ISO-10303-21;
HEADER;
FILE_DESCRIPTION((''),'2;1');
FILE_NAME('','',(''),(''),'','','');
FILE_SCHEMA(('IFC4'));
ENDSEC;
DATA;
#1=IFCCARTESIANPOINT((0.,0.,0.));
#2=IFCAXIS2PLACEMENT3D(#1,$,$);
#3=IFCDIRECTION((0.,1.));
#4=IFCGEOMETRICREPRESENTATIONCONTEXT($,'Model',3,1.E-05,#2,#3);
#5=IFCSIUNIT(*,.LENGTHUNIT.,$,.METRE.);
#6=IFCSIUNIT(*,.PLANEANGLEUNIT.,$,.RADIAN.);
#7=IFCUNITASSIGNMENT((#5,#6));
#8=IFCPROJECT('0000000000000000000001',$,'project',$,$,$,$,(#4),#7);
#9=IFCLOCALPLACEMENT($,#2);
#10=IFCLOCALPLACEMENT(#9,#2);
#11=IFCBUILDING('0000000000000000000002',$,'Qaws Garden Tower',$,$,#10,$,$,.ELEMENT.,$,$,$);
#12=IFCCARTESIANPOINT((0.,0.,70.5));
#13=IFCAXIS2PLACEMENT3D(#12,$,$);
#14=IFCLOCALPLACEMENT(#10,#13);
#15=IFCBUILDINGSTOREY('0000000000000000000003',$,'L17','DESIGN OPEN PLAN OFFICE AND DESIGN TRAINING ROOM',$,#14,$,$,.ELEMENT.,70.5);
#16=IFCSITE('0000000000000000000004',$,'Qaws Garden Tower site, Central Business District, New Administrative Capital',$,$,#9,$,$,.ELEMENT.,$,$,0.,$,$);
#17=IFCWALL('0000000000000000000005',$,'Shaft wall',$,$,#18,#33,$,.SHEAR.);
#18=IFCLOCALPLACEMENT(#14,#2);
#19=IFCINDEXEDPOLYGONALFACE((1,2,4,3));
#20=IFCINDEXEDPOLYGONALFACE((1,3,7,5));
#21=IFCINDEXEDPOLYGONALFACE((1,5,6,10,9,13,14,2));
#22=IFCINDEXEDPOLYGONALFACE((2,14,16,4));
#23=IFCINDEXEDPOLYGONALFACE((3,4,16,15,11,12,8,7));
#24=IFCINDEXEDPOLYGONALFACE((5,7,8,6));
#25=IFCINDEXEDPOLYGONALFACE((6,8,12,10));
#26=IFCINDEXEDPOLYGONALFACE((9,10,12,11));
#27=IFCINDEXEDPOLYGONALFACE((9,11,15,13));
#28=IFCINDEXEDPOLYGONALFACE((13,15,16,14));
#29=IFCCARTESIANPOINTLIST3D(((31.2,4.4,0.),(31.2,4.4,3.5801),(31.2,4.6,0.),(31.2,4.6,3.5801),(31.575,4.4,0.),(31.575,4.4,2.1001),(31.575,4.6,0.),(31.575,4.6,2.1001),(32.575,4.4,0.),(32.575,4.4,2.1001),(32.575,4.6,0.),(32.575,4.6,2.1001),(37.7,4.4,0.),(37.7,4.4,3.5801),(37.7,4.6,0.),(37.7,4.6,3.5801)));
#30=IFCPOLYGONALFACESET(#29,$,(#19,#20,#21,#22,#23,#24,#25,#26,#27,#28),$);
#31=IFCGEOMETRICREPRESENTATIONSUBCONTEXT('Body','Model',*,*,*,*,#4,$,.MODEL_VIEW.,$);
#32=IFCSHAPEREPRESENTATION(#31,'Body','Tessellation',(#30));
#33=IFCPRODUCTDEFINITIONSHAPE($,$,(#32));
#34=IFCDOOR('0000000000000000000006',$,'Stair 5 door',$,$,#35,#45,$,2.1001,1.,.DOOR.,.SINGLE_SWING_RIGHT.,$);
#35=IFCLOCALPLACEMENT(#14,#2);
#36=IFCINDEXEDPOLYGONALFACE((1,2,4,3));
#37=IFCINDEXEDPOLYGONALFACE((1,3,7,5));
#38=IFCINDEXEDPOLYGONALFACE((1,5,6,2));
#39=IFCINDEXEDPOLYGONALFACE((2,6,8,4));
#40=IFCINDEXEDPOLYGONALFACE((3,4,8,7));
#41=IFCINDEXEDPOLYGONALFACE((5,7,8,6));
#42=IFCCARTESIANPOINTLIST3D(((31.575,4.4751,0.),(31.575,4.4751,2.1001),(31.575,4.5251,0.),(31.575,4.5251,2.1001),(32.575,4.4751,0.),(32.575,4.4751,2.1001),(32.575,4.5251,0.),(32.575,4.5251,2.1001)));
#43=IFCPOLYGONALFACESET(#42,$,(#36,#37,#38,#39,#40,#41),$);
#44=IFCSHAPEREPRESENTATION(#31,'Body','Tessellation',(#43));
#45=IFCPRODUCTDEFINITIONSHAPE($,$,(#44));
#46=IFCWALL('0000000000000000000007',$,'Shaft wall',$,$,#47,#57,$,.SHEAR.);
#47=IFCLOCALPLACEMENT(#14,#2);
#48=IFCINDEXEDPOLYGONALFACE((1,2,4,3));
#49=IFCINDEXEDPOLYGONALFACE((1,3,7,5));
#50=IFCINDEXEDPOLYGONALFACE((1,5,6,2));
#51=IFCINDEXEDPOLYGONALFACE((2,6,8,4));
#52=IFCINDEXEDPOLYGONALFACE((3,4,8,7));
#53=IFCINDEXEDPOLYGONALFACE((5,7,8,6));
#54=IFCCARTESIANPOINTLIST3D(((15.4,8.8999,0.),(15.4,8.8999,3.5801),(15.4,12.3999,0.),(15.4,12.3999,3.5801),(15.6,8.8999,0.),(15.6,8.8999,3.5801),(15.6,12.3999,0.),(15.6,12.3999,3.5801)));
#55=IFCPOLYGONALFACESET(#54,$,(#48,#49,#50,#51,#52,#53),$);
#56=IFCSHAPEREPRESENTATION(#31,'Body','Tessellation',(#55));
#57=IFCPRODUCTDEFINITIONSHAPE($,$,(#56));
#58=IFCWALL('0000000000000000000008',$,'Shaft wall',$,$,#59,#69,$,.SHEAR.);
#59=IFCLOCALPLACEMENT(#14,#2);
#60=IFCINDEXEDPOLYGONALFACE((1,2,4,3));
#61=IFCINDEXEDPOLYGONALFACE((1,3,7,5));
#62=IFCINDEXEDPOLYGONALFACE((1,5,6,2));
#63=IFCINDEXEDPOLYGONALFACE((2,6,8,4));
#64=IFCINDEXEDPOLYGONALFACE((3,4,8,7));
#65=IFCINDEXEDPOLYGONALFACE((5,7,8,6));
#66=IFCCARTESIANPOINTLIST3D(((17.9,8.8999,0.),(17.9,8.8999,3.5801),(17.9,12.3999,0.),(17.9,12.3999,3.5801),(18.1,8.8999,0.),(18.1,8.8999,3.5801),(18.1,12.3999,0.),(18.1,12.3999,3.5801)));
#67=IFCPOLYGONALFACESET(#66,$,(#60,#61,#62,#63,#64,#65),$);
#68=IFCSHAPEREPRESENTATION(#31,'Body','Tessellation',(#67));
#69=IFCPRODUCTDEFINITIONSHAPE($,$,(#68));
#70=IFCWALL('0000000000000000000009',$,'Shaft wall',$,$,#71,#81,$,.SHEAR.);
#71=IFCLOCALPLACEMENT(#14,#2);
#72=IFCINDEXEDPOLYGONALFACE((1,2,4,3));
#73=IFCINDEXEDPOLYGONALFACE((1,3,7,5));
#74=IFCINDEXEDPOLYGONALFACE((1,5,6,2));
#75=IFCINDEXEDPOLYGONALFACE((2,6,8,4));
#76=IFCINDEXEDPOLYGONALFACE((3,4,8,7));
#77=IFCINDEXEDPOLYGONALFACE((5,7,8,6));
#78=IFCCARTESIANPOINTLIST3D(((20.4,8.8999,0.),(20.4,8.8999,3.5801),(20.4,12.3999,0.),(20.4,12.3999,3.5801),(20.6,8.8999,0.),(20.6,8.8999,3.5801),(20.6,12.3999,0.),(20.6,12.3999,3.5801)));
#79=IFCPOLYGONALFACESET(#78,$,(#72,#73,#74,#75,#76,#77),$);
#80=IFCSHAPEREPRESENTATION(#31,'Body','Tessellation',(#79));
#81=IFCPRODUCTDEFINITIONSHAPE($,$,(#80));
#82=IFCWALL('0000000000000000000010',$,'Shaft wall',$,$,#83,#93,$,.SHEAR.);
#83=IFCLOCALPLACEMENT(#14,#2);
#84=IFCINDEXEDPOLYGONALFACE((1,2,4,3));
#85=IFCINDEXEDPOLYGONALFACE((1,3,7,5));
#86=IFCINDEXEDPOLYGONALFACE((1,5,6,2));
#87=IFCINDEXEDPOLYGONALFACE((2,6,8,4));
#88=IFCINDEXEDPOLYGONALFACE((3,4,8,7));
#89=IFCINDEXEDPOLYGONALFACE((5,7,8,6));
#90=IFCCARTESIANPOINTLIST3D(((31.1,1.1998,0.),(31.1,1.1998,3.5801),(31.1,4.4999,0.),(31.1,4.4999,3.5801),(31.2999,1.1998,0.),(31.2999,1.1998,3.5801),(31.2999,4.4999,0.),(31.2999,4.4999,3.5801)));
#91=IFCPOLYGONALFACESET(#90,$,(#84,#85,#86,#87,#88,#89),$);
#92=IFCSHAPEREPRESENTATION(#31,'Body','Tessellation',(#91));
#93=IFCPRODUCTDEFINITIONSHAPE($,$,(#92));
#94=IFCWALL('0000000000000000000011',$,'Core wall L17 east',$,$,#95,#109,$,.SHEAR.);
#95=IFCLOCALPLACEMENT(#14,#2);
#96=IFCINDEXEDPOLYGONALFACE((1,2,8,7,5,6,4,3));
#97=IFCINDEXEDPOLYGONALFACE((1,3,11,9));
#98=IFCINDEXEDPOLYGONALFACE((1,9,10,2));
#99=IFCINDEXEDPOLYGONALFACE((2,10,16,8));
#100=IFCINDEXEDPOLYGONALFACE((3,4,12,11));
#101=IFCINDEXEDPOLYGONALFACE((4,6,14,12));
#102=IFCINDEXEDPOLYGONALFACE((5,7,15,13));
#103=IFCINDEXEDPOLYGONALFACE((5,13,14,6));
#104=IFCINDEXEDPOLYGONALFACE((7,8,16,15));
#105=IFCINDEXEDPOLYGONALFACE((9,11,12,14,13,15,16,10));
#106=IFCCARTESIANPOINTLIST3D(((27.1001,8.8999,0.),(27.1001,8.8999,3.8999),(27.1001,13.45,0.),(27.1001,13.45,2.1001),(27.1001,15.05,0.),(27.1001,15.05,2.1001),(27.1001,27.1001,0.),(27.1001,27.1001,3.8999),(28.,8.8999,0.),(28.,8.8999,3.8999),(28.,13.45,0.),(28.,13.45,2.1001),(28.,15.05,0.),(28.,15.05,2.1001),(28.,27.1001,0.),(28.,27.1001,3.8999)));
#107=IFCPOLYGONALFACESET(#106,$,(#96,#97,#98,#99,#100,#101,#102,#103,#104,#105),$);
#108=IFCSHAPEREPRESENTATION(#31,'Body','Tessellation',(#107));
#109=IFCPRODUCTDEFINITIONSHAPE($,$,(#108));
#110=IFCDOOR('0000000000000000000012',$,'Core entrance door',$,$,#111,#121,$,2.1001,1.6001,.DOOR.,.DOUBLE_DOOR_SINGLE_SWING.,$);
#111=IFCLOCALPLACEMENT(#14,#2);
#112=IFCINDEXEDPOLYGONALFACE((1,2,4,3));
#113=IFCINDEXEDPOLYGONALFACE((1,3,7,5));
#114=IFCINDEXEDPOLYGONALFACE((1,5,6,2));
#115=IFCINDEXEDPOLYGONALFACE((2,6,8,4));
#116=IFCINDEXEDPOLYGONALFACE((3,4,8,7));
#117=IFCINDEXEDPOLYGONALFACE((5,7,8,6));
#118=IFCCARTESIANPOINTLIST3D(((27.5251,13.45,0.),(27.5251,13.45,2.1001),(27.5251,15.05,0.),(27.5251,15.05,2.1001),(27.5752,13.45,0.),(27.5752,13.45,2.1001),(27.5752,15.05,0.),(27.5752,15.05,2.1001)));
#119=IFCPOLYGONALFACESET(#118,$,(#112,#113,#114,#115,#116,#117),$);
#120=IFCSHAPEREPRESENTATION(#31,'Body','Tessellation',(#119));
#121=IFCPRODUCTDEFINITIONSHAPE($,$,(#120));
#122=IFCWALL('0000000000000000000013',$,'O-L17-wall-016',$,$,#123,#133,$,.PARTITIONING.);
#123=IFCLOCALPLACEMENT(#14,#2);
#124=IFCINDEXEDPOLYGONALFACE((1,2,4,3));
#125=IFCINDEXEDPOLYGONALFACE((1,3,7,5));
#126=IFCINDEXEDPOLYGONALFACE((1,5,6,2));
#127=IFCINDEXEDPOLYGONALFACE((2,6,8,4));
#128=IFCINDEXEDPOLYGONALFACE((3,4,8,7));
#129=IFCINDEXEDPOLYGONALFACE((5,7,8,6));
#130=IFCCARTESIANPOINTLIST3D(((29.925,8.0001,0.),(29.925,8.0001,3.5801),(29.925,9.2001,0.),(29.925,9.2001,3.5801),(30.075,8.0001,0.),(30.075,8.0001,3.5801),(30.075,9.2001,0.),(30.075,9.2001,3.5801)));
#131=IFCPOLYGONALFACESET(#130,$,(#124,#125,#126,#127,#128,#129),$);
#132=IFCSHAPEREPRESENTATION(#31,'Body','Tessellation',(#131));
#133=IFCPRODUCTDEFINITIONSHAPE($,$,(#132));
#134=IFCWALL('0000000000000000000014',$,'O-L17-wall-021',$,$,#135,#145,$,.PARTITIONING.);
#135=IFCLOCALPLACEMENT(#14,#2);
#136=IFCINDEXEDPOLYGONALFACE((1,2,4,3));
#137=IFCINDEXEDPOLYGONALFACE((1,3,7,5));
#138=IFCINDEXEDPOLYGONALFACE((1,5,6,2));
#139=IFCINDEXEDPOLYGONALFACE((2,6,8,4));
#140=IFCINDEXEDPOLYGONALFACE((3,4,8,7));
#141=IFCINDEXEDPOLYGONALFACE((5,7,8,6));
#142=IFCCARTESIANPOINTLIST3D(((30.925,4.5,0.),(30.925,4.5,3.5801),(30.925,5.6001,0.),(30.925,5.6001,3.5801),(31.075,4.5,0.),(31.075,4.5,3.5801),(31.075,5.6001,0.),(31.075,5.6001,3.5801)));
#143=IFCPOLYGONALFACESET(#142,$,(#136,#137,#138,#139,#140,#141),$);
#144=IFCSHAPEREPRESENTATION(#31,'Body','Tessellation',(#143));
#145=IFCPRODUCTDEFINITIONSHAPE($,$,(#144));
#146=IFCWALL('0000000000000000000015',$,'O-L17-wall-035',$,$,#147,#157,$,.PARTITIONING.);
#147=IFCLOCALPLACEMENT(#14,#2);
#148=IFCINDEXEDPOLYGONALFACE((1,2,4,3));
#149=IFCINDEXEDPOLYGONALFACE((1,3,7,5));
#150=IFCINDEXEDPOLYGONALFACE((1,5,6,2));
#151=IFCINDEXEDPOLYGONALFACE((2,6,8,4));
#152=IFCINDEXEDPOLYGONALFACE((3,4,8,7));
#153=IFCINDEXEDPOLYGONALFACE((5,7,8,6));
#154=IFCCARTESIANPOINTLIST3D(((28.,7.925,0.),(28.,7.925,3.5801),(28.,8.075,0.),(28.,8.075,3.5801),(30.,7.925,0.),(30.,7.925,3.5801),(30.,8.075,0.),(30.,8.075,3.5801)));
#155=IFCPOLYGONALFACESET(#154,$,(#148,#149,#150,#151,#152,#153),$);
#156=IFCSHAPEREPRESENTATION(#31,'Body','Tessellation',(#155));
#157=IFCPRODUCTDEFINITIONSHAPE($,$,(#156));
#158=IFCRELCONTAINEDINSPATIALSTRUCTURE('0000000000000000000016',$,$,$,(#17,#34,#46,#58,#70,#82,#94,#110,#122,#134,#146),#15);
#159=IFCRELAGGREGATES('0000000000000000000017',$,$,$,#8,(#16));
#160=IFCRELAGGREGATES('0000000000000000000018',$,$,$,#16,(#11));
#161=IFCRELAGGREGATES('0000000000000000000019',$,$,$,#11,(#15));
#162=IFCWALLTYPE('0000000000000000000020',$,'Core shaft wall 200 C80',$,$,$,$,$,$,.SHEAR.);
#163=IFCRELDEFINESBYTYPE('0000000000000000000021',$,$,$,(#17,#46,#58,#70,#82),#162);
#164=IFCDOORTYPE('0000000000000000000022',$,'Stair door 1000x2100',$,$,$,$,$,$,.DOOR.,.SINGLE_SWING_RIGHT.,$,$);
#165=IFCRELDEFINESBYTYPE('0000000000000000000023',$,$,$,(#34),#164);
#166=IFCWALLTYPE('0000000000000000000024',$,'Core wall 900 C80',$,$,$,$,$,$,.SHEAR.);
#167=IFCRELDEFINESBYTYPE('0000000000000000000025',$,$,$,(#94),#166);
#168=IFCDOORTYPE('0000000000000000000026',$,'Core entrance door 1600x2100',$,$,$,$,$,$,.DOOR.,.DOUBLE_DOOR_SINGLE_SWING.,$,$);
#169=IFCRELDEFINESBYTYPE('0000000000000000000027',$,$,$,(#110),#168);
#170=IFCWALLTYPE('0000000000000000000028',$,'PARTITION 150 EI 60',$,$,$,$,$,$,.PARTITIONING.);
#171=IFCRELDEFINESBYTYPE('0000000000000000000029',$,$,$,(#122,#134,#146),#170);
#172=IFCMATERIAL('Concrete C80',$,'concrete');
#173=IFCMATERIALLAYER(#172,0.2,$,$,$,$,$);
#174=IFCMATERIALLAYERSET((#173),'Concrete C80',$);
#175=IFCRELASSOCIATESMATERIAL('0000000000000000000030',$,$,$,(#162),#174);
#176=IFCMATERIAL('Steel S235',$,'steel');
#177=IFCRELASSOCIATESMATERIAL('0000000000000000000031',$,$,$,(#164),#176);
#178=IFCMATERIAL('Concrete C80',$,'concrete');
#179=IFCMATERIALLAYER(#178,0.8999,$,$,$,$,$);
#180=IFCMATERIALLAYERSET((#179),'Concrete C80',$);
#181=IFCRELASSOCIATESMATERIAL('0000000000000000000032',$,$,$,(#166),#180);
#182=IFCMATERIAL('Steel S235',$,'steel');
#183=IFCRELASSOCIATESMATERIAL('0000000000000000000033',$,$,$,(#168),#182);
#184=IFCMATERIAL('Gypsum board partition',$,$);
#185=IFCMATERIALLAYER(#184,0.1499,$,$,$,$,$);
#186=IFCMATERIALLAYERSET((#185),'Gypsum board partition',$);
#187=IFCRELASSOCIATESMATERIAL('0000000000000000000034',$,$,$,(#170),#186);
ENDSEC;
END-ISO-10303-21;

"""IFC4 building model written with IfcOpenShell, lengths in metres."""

from ifc_helpers import new_model, si_unit, direction, frame, frame_2d, origin, place, context, subcontext, project, spatial, rectangle, extrude, material, layer, layer_set, type_object, element, fill, save


model = new_model("IFC4")

# Units and contexts
model_context = context("Model", 3, precision=1e-05, world=origin(), true_north=direction((0.0, 1.0)))
body_context = subcontext(model_context, "Body", "Model", "MODEL_VIEW")
ifc_project = project(units=[si_unit("LENGTHUNIT", "METRE"), si_unit("PLANEANGLEUNIT", "RADIAN")], contexts=[model_context])

# Site, building, storey
site_placement = place(None, origin())
site = spatial("IfcSite", under=ifc_project, at=site_placement, Name="Qaws Garden Tower site, Central Business District, New Administrative Capital", CompositionType="ELEMENT", RefElevation=0.0)
building_placement = place(site_placement, origin())
building = spatial("IfcBuilding", under=site, at=building_placement, Name="Qaws Garden Tower", CompositionType="ELEMENT")
storey_placement = place(building_placement, frame((0.0, 0.0, 70.5)))
storey = spatial("IfcBuildingStorey", under=building, at=storey_placement, Name="L17", Description="DESIGN OPEN PLAN OFFICE AND DESIGN TRAINING ROOM", CompositionType="ELEMENT", Elevation=70.5)

# Shared definitions
ifc_material_1 = material(Name="Concrete C80", Category="concrete")
ifc_layer_1 = layer(ifc_material_1, 0.2)
ifc_layer_set_1 = layer_set([ifc_layer_1], Name="Concrete C80")
wall_type_1 = type_object("IfcWallType", Name="Core shaft wall 200 C80", PredefinedType="SHEAR", material=ifc_layer_set_1)

# Wall, opening, door
wall_1_placement = place(storey_placement, frame((31.2, 4.5, 0.0), z_axis=(0.0, 0.0, 1.0), x_axis=(1.0, 0.0, 0.0)))
wall_1 = element("IfcWall", 1, at=wall_1_placement, inside=storey, type_object=wall_type_1, Name="Shaft wall", PredefinedType="SHEAR", context=body_context, shape_type="SweptSolid", body=[
    extrude(rectangle(XDim=6.5, YDim=0.2, at=frame_2d((3.25, 0.0))), origin(), (0.0, 0.0, 1.0), 3.5801),
])
opening_1_placement = place(wall_1_placement, frame((0.375, 0.0, 0.0)))
opening_1 = element("IfcOpeningElement", 2, at=opening_1_placement, cuts=wall_1, PredefinedType="OPENING", context=body_context, shape_type="SweptSolid", body=[
    extrude(rectangle(XDim=1.0, YDim=2.1001, at=frame_2d((0.5, 1.05))), frame((0.0, 0.1099, 0.0), z_axis=(0.0, -1.0, 0.0), x_axis=(1.0, 0.0, 0.0)), (0.0, 0.0, 1.0), 0.22),
])
ifc_material_2 = material(Name="Steel S235", Category="steel")
door_type_1 = type_object("IfcDoorType", Name="Stair door 1000x2100", OperationType="SINGLE_SWING_RIGHT", PredefinedType="DOOR", material=ifc_material_2)
door_1_placement = place(opening_1_placement, frame((1.0, 0.0, 0.0), z_axis=(0.0, 0.0, 1.0), x_axis=(-1.0, 0.0, 0.0)))
door_1 = element("IfcDoor", 3, at=door_1_placement, inside=storey, type_object=door_type_1, Name="Stair 5 door", OperationType="SINGLE_SWING_RIGHT", OverallHeight=2.1001, OverallWidth=1.0, PredefinedType="DOOR", context=body_context, shape_type="SweptSolid", body=[
    extrude(rectangle(XDim=1.0, YDim=2.1001, at=frame_2d((0.5, 1.05))), frame((0.0, 0.0249, 0.0), z_axis=(0.0, -1.0, 0.0), x_axis=(1.0, 0.0, 0.0)), (0.0, 0.0, 1.0), 0.05),
])
fill(opening_1, door_1)

# Walls
for number, where, z_axis, x_axis, name in (
    (4, (15.5, 8.8999, 0.0), (0.0, 0.0, 1.0), (0.0, 1.0, 0.0), "Shaft wall"),
    (5, (18.0, 8.8999, 0.0), (0.0, 0.0, 1.0), (0.0, 1.0, 0.0), "Shaft wall"),
    (6, (20.5, 8.8999, 0.0), (0.0, 0.0, 1.0), (0.0, 1.0, 0.0), "Shaft wall"),
):
    element("IfcWall", number, at=place(storey_placement, frame(where, z_axis=z_axis, x_axis=x_axis)), inside=storey, type_object=wall_type_1, Name=name, PredefinedType="SHEAR", context=body_context, shape_type="SweptSolid", body=[
        extrude(rectangle(XDim=3.5, YDim=0.2, at=frame_2d((1.75, 0.0))), origin(), (0.0, 0.0, 1.0), 3.5801),
    ])
wall_2_placement = place(storey_placement, frame((31.2, 1.2, 0.0), z_axis=(0.0, 0.0, 1.0), x_axis=(0.0, 1.0, 0.0)))
element("IfcWall", 7, at=wall_2_placement, inside=storey, type_object=wall_type_1, Name="Shaft wall", PredefinedType="SHEAR", context=body_context, shape_type="SweptSolid", body=[
    extrude(rectangle(XDim=3.3, YDim=0.2, at=frame_2d((1.6499, 0.0))), origin(), (0.0, 0.0, 1.0), 3.5801),
])

# Wall, opening, door
ifc_material_3 = material(Name="Concrete C80", Category="concrete")
ifc_layer_2 = layer(ifc_material_3, 0.8999)
ifc_layer_set_2 = layer_set([ifc_layer_2], Name="Concrete C80")
wall_type_2 = type_object("IfcWallType", Name="Core wall 900 C80", PredefinedType="SHEAR", material=ifc_layer_set_2)
wall_3_placement = place(storey_placement, frame((27.55, 8.8999, 0.0), z_axis=(0.0, 0.0, 1.0), x_axis=(0.0, 1.0, 0.0)))
wall_3 = element("IfcWall", 8, at=wall_3_placement, inside=storey, type_object=wall_type_2, Name="Core wall L17 east", PredefinedType="SHEAR", context=body_context, shape_type="SweptSolid", body=[
    extrude(rectangle(XDim=18.2002, YDim=0.8999, at=frame_2d((9.1001, 0.0))), origin(), (0.0, 0.0, 1.0), 3.8999),
])
opening_2_placement = place(wall_3_placement, frame((4.55, 0.0, 0.0)))
opening_2 = element("IfcOpeningElement", 9, at=opening_2_placement, cuts=wall_3, PredefinedType="OPENING", context=body_context, shape_type="SweptSolid", body=[
    extrude(rectangle(XDim=1.6001, YDim=2.1001, at=frame_2d((0.8, 1.05))), frame((0.0, 0.46, 0.0), z_axis=(0.0, -1.0, 0.0), x_axis=(1.0, 0.0, 0.0)), (0.0, 0.0, 1.0), 0.9199),
])
ifc_material_4 = material(Name="Steel S235", Category="steel")
door_type_2 = type_object("IfcDoorType", Name="Core entrance door 1600x2100", OperationType="DOUBLE_DOOR_SINGLE_SWING", PredefinedType="DOOR", material=ifc_material_4)
door_2_placement = place(opening_2_placement, origin())
door_2 = element("IfcDoor", 10, at=door_2_placement, inside=storey, type_object=door_type_2, Name="Core entrance door", OperationType="DOUBLE_DOOR_SINGLE_SWING", OverallHeight=2.1001, OverallWidth=1.6001, PredefinedType="DOOR", context=body_context, shape_type="SweptSolid", body=[
    extrude(rectangle(XDim=1.6001, YDim=2.1001, at=frame_2d((0.8, 1.05))), frame((0.0, 0.0249, 0.0), z_axis=(0.0, -1.0, 0.0), x_axis=(1.0, 0.0, 0.0)), (0.0, 0.0, 1.0), 0.05),
])
fill(opening_2, door_2)

# Walls
ifc_material_5 = material(Name="Gypsum board partition")
ifc_layer_3 = layer(ifc_material_5, 0.1499)
ifc_layer_set_3 = layer_set([ifc_layer_3], Name="Gypsum board partition")
wall_type_3 = type_object("IfcWallType", Name="PARTITION 150 EI 60", PredefinedType="PARTITIONING", material=ifc_layer_set_3)
wall_4_placement = place(storey_placement, frame((30.0, 8.0, 0.0), z_axis=(0.0, 0.0, 1.0), x_axis=(0.0, 1.0, 0.0)))
element("IfcWall", 11, at=wall_4_placement, inside=storey, type_object=wall_type_3, Name="O-L17-wall-016", PredefinedType="PARTITIONING", context=body_context, shape_type="SweptSolid", body=[
    extrude(rectangle(XDim=1.2, YDim=0.1499, at=frame_2d((0.6001, 0.0))), origin(), (0.0, 0.0, 1.0), 3.5801),
])
wall_5_placement = place(storey_placement, frame((31.0, 4.5, 0.0), z_axis=(0.0, 0.0, 1.0), x_axis=(0.0, 1.0, 0.0)))
element("IfcWall", 12, at=wall_5_placement, inside=storey, type_object=wall_type_3, Name="O-L17-wall-021", PredefinedType="PARTITIONING", context=body_context, shape_type="SweptSolid", body=[
    extrude(rectangle(XDim=1.1001, YDim=0.1499, at=frame_2d((0.55, 0.0))), origin(), (0.0, 0.0, 1.0), 3.5801),
])
wall_6_placement = place(storey_placement, frame((28.0, 8.0, 0.0), z_axis=(0.0, 0.0, 1.0), x_axis=(1.0, 0.0, 0.0)))
element("IfcWall", 13, at=wall_6_placement, inside=storey, type_object=wall_type_3, Name="O-L17-wall-035", PredefinedType="PARTITIONING", context=body_context, shape_type="SweptSolid", body=[
    extrude(rectangle(XDim=2.0, YDim=0.1499, at=frame_2d((1.0, 0.0))), origin(), (0.0, 0.0, 1.0), 3.5801),
])

save(model, "model.ifc")
